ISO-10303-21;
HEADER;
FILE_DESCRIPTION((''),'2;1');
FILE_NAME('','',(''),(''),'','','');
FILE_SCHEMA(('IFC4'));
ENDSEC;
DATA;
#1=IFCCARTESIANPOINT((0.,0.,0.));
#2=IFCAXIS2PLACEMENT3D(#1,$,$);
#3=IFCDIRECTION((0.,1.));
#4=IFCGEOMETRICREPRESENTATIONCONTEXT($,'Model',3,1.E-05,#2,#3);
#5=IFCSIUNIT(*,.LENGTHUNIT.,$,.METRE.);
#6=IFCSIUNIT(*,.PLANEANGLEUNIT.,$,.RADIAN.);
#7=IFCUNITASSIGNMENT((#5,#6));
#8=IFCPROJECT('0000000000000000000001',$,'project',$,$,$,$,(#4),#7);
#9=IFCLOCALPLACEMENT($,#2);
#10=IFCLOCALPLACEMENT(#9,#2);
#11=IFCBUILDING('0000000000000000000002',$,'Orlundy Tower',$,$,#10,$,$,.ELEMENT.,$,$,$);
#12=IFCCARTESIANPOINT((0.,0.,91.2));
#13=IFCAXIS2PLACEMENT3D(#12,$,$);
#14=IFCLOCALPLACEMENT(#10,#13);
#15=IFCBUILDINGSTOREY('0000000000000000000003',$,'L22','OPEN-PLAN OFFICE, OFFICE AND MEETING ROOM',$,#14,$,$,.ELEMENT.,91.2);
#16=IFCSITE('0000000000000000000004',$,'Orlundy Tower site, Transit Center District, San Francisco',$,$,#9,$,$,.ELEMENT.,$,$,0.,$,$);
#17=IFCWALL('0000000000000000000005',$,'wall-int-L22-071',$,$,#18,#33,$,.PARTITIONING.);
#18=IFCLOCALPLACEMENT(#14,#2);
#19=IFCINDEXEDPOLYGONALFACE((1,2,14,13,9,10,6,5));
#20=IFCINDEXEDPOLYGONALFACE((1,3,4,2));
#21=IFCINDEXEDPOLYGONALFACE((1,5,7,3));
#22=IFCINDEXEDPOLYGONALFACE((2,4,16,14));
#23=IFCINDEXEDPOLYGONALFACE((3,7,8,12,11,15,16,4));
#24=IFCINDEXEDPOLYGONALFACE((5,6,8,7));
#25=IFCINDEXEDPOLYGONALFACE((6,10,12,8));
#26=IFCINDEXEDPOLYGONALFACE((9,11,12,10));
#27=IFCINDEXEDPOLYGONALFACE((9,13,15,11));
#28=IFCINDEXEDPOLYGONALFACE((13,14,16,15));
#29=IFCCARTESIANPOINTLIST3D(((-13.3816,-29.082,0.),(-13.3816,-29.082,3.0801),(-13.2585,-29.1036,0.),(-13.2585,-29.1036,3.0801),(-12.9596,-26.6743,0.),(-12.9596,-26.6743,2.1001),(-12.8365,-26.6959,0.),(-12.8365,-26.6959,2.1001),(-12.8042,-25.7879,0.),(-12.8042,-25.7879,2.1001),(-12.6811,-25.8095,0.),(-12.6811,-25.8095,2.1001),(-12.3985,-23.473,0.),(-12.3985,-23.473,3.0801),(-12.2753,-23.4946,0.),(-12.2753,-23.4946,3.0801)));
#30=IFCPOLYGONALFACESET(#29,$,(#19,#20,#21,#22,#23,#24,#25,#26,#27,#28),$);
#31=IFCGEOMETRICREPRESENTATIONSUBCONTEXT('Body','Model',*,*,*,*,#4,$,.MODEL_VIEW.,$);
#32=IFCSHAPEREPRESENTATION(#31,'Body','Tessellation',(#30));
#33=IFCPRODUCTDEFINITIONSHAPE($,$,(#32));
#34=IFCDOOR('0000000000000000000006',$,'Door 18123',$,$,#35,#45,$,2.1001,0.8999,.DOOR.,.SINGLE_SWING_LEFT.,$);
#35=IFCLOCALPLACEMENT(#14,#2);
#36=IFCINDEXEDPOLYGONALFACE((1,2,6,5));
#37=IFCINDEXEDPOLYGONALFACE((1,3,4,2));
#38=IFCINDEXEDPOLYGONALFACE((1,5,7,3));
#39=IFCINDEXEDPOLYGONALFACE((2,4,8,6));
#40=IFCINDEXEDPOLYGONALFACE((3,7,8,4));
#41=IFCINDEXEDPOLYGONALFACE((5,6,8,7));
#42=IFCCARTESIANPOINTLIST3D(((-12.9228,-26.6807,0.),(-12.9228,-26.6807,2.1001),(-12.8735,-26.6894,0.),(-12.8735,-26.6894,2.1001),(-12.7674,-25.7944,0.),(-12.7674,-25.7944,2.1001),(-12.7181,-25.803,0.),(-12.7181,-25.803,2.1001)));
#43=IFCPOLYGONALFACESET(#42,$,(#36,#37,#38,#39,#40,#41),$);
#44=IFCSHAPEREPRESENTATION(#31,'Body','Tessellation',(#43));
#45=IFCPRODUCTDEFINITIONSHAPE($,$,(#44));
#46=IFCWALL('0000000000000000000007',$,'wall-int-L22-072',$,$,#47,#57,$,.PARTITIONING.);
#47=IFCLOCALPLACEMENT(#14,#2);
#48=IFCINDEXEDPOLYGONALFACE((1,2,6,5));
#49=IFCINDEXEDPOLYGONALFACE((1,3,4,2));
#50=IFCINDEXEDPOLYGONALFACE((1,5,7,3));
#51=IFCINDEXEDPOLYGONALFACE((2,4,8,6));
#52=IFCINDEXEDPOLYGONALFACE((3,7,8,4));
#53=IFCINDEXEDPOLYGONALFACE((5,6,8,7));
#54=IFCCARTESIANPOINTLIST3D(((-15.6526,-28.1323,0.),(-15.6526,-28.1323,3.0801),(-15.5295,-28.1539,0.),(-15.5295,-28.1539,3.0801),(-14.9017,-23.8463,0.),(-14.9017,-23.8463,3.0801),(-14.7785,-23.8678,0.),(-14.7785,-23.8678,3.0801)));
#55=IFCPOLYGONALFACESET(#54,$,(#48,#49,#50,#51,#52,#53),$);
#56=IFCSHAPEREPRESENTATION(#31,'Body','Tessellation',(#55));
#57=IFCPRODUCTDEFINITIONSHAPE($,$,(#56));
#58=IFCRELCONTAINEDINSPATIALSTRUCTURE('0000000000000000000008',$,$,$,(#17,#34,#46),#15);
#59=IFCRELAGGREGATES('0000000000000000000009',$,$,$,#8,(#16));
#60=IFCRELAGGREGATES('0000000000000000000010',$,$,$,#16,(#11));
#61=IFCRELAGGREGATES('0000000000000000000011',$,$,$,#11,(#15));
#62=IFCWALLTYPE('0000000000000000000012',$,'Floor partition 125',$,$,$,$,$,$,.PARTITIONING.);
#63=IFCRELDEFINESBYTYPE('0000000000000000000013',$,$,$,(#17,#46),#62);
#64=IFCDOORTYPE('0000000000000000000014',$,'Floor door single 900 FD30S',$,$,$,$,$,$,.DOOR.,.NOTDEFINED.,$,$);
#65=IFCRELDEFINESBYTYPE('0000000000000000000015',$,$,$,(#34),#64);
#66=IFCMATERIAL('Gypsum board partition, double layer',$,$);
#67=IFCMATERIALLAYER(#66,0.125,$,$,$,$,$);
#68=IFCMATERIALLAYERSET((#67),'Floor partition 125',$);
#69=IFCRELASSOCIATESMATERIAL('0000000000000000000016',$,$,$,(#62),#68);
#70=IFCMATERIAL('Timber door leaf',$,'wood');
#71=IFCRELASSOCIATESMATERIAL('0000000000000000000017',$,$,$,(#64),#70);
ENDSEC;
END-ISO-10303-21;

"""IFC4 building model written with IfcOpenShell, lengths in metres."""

from ifc_helpers import new_model, si_unit, direction, frame, frame_2d, origin, place, context, subcontext, project, spatial, rectangle, extrude, material, layer, layer_set, type_object, element, fill, save


model = new_model("IFC4")

# Units and contexts
model_context = context("Model", 3, precision=1e-05, world=origin(), true_north=direction((0.0, 1.0)))
body_context = subcontext(model_context, "Body", "Model", "MODEL_VIEW")
ifc_project = project(units=[si_unit("LENGTHUNIT", "METRE"), si_unit("PLANEANGLEUNIT", "RADIAN")], contexts=[model_context])

# Site, building, storey
site_placement = place(None, origin())
site = spatial("IfcSite", under=ifc_project, at=site_placement, Name="Orlundy Tower site, Transit Center District, San Francisco", CompositionType="ELEMENT", RefElevation=0.0)
building_placement = place(site_placement, origin())
building = spatial("IfcBuilding", under=site, at=building_placement, Name="Orlundy Tower", CompositionType="ELEMENT")
storey_placement = place(building_placement, frame((0.0, 0.0, 91.2)))
storey = spatial("IfcBuildingStorey", under=building, at=storey_placement, Name="L22", Description="OPEN-PLAN OFFICE, OFFICE AND MEETING ROOM", CompositionType="ELEMENT", Elevation=91.2)

# Shared definitions
ifc_material_1 = material(Name="Gypsum board partition, double layer")
ifc_layer_1 = layer(ifc_material_1, 0.125)
ifc_layer_set_1 = layer_set([ifc_layer_1], Name="Floor partition 125")
wall_type_1 = type_object("IfcWallType", Name="Floor partition 125", PredefinedType="PARTITIONING", material=ifc_layer_set_1)

# Shared definitions
ifc_material_2 = material(Name="Timber door leaf", Category="wood")
door_type = type_object("IfcDoorType", Name="Floor door single 900 FD30S", OperationType="NOTDEFINED", PredefinedType="DOOR", material=ifc_material_2)

# Wall, opening, door
wall_1_placement = place(storey_placement, frame((-12.3369, -23.4839, 0.0), z_axis=(0.0, 0.0, 1.0), x_axis=(-0.172646, -0.984984, 0.0)))
wall_1 = element("IfcWall", 1, at=wall_1_placement, inside=storey, type_object=wall_type_1, Name="wall-int-L22-071", PredefinedType="PARTITIONING", context=body_context, shape_type="SweptSolid", body=[
    extrude(rectangle(XDim=5.6946, YDim=0.125, at=frame_2d((2.8472, 0.0))), origin(), (0.0, 0.0, 1.0), 3.0801),
])
opening_1_placement = place(wall_1_placement, frame((2.3501, 0.0, 0.0)))
opening_1 = element("IfcOpeningElement", 2, at=opening_1_placement, cuts=wall_1, PredefinedType="OPENING", context=body_context, shape_type="SweptSolid", body=[
    extrude(rectangle(XDim=0.8999, YDim=2.1001, at=frame_2d((0.45, 1.05))), frame((0.0, 0.0725, 0.0), z_axis=(0.0, -1.0, 0.0), x_axis=(1.0, 0.0, 0.0)), (0.0, 0.0, 1.0), 0.145),
])
door_1_placement = place(opening_1_placement, origin())
door_1 = element("IfcDoor", 3, at=door_1_placement, inside=storey, type_object=door_type, Name="Door 18123", OperationType="SINGLE_SWING_LEFT", OverallHeight=2.1001, OverallWidth=0.8999, PredefinedType="DOOR", context=body_context, shape_type="SweptSolid", body=[
    extrude(rectangle(XDim=0.8999, YDim=2.1001, at=frame_2d((0.45, 1.05))), frame((0.0, 0.0249, 0.0), z_axis=(0.0, -1.0, 0.0), x_axis=(1.0, 0.0, 0.0)), (0.0, 0.0, 1.0), 0.05),
])
fill(opening_1, door_1)

# Wall
wall_2_placement = place(storey_placement, frame((-14.8401, -23.8569, 0.0), z_axis=(0.0, 0.0, 1.0), x_axis=(-0.172582, -0.984995, 0.0)))
element("IfcWall", 4, at=wall_2_placement, inside=storey, type_object=wall_type_1, Name="wall-int-L22-072", PredefinedType="PARTITIONING", context=body_context, shape_type="SweptSolid", body=[
    extrude(rectangle(XDim=4.3513, YDim=0.125, at=frame_2d((2.1758, 0.0))), origin(), (0.0, 0.0, 1.0), 3.0801),
])

save(model, "model.ifc")
